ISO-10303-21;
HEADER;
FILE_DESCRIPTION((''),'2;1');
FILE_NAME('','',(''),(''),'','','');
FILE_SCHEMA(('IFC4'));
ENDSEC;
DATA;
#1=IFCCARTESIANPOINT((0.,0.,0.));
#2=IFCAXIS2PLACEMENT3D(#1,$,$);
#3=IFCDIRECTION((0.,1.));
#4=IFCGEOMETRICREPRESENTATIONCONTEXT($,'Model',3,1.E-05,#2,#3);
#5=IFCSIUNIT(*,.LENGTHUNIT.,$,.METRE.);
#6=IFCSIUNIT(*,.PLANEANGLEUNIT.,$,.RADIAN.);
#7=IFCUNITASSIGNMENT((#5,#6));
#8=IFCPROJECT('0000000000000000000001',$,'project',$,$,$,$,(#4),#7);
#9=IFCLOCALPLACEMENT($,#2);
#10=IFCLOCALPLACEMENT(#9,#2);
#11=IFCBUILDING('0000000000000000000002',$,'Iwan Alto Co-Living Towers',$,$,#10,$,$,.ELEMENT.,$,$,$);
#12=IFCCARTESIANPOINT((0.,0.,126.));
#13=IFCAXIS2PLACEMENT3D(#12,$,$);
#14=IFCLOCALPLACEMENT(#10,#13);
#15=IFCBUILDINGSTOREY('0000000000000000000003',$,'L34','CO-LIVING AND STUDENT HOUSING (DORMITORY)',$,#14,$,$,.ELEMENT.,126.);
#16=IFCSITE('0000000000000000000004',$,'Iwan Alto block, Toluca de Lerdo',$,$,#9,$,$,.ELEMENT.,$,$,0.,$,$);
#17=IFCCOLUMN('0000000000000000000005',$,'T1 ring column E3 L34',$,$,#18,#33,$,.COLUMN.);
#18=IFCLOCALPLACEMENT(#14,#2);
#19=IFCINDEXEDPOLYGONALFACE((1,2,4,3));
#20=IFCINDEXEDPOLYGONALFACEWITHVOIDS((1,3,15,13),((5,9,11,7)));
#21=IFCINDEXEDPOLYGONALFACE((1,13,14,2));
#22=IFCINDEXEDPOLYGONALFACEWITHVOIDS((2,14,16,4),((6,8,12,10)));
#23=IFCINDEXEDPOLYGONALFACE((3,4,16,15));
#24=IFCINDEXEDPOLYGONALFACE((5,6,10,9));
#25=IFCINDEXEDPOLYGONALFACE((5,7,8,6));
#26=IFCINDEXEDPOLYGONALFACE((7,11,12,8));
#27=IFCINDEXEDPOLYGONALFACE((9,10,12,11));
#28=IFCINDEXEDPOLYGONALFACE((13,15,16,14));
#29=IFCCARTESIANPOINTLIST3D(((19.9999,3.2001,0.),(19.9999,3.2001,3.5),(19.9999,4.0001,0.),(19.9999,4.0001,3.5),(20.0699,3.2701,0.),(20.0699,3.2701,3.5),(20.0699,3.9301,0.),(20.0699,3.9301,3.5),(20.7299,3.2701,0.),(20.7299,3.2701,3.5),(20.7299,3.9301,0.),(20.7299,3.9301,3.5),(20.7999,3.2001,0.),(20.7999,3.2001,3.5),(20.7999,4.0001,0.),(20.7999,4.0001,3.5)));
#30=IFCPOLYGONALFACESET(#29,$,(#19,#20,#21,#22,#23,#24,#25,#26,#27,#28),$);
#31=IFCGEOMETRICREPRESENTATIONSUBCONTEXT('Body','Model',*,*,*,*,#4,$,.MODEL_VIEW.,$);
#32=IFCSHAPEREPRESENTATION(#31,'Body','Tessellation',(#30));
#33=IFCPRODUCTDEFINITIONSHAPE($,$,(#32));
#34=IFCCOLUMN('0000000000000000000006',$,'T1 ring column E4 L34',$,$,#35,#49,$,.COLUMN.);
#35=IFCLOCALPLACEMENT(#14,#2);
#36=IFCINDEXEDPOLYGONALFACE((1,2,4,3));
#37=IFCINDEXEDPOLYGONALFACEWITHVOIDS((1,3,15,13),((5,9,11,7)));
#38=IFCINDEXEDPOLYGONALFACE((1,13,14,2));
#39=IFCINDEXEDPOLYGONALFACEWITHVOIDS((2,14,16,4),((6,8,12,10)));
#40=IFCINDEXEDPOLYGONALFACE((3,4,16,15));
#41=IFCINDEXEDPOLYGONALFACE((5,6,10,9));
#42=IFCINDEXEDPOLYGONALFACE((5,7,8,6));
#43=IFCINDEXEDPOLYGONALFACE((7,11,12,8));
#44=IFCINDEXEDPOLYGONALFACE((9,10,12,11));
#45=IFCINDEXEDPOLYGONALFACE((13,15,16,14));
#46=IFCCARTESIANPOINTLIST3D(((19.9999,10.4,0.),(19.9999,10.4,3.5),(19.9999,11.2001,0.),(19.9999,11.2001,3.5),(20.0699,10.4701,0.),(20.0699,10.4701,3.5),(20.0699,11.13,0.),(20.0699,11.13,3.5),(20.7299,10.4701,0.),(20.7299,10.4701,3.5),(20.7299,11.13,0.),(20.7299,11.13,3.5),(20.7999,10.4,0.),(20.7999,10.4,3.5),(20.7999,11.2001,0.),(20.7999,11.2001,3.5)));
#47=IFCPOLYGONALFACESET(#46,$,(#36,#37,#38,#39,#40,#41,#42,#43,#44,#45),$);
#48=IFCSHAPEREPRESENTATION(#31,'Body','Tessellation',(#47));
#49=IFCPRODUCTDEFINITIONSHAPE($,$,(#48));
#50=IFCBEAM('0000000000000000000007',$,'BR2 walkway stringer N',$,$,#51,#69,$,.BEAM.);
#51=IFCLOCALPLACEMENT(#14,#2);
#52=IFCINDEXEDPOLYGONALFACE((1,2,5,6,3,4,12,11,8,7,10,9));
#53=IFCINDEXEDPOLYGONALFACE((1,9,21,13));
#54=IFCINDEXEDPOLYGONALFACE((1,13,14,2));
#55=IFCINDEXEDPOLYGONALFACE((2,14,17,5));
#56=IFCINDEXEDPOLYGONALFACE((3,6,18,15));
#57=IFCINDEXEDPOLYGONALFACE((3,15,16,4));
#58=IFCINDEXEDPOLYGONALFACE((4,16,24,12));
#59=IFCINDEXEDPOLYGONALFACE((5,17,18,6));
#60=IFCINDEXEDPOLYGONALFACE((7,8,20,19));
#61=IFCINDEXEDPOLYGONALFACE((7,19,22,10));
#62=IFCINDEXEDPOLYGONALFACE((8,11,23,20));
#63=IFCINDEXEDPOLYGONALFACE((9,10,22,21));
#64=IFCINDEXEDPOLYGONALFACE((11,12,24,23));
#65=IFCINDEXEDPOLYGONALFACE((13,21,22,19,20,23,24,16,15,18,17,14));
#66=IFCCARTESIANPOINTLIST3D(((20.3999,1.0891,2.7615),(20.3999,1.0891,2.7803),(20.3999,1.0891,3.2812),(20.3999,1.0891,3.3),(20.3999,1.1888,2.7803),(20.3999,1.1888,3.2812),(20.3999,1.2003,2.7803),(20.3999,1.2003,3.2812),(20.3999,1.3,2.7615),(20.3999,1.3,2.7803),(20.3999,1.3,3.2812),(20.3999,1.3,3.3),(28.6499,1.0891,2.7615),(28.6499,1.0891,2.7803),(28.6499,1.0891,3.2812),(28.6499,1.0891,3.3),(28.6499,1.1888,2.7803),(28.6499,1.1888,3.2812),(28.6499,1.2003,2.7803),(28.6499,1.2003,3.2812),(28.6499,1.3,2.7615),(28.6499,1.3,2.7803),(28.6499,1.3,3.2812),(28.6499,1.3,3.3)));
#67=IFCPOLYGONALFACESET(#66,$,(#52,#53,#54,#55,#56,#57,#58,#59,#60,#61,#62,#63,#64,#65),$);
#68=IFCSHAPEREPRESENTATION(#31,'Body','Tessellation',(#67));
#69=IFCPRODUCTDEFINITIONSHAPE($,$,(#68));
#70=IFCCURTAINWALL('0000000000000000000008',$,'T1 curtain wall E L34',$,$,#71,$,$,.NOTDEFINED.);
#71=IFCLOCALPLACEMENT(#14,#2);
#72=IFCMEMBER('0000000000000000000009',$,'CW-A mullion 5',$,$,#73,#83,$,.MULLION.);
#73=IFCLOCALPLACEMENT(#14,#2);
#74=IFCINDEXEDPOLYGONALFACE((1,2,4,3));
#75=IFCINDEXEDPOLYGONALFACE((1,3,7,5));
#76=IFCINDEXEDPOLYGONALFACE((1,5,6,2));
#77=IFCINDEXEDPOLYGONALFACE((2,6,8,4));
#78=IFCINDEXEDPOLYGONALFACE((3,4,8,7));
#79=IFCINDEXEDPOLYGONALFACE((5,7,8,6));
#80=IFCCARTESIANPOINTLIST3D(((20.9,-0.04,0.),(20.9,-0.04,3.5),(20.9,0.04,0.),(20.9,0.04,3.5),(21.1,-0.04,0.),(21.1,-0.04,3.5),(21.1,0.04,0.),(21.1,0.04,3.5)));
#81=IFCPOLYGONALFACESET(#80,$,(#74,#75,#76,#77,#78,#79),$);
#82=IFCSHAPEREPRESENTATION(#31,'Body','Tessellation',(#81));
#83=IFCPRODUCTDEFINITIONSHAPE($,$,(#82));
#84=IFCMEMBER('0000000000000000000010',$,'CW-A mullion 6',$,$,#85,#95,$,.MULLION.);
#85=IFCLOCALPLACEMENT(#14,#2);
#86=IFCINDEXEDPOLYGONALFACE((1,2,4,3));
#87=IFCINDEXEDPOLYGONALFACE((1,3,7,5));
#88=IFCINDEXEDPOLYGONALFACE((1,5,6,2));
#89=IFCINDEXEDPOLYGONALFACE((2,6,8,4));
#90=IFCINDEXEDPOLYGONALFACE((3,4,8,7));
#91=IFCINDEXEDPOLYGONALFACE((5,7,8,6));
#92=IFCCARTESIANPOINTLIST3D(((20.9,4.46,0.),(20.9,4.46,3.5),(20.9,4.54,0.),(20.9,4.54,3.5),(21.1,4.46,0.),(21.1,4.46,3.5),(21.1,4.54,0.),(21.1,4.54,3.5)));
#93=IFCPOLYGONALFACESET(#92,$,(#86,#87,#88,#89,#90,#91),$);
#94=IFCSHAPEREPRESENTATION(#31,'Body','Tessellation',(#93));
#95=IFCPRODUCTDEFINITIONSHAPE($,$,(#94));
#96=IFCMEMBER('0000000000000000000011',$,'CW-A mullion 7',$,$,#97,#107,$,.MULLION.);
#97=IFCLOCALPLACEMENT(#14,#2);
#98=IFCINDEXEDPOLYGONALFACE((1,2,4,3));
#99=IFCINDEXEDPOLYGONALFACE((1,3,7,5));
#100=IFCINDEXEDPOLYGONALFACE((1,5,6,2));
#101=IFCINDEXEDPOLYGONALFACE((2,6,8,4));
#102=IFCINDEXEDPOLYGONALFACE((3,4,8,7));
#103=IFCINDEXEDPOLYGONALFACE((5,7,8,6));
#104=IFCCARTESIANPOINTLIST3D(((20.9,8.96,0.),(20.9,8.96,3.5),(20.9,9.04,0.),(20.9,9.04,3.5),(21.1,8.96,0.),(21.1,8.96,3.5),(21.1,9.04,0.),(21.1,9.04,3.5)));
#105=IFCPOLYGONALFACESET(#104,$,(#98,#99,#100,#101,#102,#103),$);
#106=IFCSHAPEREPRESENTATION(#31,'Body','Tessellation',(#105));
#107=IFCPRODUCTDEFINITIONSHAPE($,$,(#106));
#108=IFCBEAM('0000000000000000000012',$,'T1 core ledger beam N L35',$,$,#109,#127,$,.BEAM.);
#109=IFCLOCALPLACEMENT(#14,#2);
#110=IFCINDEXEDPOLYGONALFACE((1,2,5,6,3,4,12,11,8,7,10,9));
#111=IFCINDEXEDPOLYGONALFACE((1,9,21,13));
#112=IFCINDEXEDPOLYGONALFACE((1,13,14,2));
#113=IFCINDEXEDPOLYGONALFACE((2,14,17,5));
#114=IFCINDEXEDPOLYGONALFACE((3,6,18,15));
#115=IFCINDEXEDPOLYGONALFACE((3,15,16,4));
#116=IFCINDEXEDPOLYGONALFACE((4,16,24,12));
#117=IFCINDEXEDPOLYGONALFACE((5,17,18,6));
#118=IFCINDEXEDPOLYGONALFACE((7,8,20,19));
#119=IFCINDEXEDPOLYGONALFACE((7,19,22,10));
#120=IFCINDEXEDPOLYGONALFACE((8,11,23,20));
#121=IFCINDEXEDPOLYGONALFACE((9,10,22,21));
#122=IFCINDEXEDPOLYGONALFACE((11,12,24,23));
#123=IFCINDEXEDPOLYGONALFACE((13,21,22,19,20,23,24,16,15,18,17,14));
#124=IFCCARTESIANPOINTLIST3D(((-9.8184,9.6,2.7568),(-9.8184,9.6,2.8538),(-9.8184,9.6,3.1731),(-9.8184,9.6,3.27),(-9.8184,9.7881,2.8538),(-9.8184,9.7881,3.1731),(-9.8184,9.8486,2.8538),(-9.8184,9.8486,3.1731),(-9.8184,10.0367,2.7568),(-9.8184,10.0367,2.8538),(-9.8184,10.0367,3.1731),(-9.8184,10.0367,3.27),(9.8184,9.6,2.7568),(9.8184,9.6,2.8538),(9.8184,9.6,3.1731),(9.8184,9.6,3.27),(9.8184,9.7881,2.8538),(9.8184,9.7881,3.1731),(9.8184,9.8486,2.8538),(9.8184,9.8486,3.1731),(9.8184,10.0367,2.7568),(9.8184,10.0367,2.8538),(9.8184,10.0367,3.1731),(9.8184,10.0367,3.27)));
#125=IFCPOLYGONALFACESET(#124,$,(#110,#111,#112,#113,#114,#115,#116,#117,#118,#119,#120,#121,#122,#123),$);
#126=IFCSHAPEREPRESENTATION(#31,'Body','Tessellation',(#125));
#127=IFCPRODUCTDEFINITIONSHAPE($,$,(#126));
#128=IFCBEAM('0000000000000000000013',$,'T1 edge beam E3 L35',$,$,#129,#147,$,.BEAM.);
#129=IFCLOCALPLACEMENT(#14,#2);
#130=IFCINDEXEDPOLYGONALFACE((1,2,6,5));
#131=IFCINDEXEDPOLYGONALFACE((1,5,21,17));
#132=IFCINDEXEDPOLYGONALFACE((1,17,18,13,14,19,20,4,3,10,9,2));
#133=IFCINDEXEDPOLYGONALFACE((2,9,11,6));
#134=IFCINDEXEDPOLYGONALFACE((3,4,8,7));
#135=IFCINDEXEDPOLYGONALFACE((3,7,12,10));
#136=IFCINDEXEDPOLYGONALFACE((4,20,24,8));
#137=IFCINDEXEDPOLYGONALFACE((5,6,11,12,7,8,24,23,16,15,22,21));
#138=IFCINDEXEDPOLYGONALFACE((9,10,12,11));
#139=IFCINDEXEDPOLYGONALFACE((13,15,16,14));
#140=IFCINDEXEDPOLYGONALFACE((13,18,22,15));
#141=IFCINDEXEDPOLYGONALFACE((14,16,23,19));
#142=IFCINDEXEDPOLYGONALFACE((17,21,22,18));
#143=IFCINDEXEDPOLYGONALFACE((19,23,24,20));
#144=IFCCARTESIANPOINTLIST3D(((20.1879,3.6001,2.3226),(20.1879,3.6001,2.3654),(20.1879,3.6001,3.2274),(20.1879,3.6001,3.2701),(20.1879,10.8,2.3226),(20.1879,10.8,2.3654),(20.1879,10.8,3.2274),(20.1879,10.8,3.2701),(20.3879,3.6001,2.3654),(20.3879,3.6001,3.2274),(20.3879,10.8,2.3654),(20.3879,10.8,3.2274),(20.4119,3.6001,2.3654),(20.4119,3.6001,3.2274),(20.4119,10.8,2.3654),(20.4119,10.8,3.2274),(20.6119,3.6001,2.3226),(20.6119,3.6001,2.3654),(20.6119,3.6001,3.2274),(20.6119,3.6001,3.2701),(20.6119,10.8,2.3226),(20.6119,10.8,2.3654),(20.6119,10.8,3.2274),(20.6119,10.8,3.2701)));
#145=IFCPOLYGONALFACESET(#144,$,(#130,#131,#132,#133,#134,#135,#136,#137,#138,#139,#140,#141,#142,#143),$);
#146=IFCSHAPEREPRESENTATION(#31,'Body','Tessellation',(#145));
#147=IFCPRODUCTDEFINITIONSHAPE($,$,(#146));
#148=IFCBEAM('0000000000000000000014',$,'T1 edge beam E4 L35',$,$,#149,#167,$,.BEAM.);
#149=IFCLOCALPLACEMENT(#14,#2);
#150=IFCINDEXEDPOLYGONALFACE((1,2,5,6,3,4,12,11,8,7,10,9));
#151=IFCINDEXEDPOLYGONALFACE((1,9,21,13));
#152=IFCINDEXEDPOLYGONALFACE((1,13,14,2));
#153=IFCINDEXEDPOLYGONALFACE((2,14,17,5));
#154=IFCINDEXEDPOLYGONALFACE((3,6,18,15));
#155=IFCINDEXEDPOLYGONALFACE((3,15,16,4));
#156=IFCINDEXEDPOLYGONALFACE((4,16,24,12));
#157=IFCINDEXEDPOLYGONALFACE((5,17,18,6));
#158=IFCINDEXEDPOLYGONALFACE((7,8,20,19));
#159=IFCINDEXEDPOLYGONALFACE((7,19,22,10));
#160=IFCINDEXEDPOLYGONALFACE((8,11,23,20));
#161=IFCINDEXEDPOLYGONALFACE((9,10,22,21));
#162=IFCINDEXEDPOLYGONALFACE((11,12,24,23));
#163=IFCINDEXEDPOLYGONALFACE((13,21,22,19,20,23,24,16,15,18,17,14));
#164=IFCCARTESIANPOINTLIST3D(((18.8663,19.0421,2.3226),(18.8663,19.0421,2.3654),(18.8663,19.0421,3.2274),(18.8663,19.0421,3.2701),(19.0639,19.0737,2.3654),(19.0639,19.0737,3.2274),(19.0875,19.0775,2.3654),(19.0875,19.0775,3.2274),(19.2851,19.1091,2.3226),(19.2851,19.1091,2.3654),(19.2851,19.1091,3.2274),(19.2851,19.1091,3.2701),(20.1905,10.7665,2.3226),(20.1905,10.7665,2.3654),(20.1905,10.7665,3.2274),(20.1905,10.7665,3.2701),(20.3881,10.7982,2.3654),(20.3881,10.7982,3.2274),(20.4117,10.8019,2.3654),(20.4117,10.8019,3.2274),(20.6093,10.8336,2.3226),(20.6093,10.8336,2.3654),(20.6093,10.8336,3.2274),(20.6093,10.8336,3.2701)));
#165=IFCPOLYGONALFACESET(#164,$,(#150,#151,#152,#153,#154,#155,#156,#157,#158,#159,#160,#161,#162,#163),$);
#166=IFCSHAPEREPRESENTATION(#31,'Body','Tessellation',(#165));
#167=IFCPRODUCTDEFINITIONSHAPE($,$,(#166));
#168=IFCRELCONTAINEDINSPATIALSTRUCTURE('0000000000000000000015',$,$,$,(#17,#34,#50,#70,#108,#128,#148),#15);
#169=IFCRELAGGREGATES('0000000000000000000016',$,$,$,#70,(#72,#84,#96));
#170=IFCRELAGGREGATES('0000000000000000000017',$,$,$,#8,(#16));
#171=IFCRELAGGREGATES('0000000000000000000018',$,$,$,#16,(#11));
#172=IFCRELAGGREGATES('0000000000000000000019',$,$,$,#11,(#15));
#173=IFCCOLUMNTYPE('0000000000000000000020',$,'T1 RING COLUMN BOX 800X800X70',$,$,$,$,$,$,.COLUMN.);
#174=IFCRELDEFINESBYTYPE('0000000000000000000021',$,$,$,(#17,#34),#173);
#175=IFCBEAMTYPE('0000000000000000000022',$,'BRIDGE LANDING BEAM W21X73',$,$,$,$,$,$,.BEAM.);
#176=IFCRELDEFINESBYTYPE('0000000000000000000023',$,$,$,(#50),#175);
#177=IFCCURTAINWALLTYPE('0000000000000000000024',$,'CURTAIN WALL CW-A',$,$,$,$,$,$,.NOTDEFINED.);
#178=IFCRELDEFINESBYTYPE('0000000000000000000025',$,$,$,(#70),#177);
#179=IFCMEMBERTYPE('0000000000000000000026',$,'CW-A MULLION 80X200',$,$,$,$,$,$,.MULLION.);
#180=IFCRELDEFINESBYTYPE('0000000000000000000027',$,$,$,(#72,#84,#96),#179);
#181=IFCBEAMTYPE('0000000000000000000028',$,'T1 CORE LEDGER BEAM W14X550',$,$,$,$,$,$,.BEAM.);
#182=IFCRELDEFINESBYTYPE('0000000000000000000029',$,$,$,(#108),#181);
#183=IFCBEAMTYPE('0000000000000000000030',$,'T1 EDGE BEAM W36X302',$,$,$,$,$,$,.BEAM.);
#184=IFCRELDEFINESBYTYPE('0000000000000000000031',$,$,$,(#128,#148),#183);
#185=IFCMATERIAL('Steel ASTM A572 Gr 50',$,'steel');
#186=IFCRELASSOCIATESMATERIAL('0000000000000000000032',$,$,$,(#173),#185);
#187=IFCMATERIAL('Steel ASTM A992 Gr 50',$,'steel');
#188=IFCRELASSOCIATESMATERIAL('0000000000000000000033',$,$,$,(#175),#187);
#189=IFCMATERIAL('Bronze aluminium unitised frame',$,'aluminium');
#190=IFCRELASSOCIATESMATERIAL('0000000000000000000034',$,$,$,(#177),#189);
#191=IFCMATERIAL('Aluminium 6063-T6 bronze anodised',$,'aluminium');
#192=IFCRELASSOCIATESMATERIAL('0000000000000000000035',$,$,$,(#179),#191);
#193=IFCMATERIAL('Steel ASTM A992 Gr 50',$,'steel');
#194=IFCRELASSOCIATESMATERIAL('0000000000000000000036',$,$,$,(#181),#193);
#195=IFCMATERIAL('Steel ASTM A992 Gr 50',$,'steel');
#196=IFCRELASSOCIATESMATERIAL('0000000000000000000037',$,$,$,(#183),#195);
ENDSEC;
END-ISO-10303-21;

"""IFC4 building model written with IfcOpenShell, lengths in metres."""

from ifc_helpers import new_model, si_unit, direction, frame, origin, origin_2d, place, context, subcontext, project, spatial, rectangle, hollow_rectangle, i_section, extrude, material, material_profile, profile_set, type_object, element, aggregate, save


model = new_model("IFC4")

# Units and contexts
model_context = context("Model", 3, precision=1e-05, world=origin(), true_north=direction((0.0, 1.0)))
body_context = subcontext(model_context, "Body", "Model", "MODEL_VIEW")
ifc_project = project(units=[si_unit("LENGTHUNIT", "METRE"), si_unit("PLANEANGLEUNIT", "RADIAN")], contexts=[model_context])

# Site, building, storey
site_placement = place(None, origin())
site = spatial("IfcSite", under=ifc_project, at=site_placement, Name="Iwan Alto block, Toluca de Lerdo", CompositionType="ELEMENT", RefElevation=0.0)
building_placement = place(site_placement, origin())
building = spatial("IfcBuilding", under=site, at=building_placement, Name="Iwan Alto Co-Living Towers", CompositionType="ELEMENT")
storey_placement = place(building_placement, frame((0.0, 0.0, 126.0)))
storey = spatial("IfcBuildingStorey", under=building, at=storey_placement, Name="L34", Description="CO-LIVING AND STUDENT HOUSING (DORMITORY)", CompositionType="ELEMENT", Elevation=126.0)

# Columns
ifc_material_1 = material(Name="Steel ASTM A572 Gr 50", Category="steel")
ifc_material_profile_1 = material_profile(ifc_material_1, hollow_rectangle(XDim=0.8, YDim=0.8, WallThickness=0.0701, at=origin_2d()), Name="BOX 800X800X70")
ifc_profile_set_1 = profile_set([ifc_material_profile_1], Name="Steel ASTM A572 Gr 50")
column_type = type_object("IfcColumnType", Name="T1 RING COLUMN BOX 800X800X70", PredefinedType="COLUMN", material=ifc_profile_set_1)
for number, where, z_axis, x_axis, name in (
    (1, (20.3999, 3.6001, 0.0), (0.0, 0.0, 1.0), (1.0, 0.0, 0.0), "T1 ring column E3 L34"),
    (2, (20.3999, 10.8, 0.0), (0.0, 0.0, 1.0), (1.0, 0.0, 0.0), "T1 ring column E4 L34"),
):
    element("IfcColumn", number, at=place(storey_placement, frame(where, z_axis=z_axis, x_axis=x_axis)), inside=storey, type_object=column_type, Name=name, PredefinedType="COLUMN", context=body_context, shape_type="SweptSolid", body=[
        extrude(hollow_rectangle(XDim=0.8, YDim=0.8, WallThickness=0.0701, at=origin_2d()), origin(), (0.0, 0.0, 1.0), 3.5),
    ])

# Beam
ifc_material_2 = material(Name="Steel ASTM A992 Gr 50", Category="steel")
ifc_material_profile_2 = material_profile(ifc_material_2, i_section(OverallWidth=0.2109, OverallDepth=0.5386, WebThickness=0.0115, FlangeThickness=0.0188, at=origin_2d()), Name="W21X73")
ifc_profile_set_2 = profile_set([ifc_material_profile_2], Name="Steel ASTM A992 Gr 50")
beam_type_1 = type_object("IfcBeamType", Name="BRIDGE LANDING BEAM W21X73", PredefinedType="BEAM", material=ifc_profile_set_2)
beam_1_placement = place(storey_placement, frame((20.3999, 1.1946, 3.0308), z_axis=(1.0, 0.0, 0.0), x_axis=(0.0, 1.0, 0.0)))
element("IfcBeam", 3, at=beam_1_placement, inside=storey, type_object=beam_type_1, Name="BR2 walkway stringer N", PredefinedType="BEAM", context=body_context, shape_type="SweptSolid", body=[
    extrude(i_section(OverallWidth=0.2109, OverallDepth=0.5386, WebThickness=0.0115, FlangeThickness=0.0188, at=origin_2d()), origin(), (0.0, 0.0, 1.0), 8.25),
])

# Curtain wall, members
ifc_material_3 = material(Name="Bronze aluminium unitised frame", Category="aluminium")
curtain_wall_type = type_object("IfcCurtainWallType", Name="CURTAIN WALL CW-A", PredefinedType="NOTDEFINED", material=ifc_material_3)
curtain_wall_placement = place(storey_placement, origin())
curtain_wall = element("IfcCurtainWall", 4, at=curtain_wall_placement, inside=storey, type_object=curtain_wall_type, Name="T1 curtain wall E L34", PredefinedType="NOTDEFINED")
ifc_material_4 = material(Name="Aluminium 6063-T6 bronze anodised", Category="aluminium")
ifc_material_profile_3 = material_profile(ifc_material_4, rectangle(XDim=0.2, YDim=0.0801, at=origin_2d()), Name="AL 80X200")
ifc_profile_set_3 = profile_set([ifc_material_profile_3], Name="Aluminium 6063-T6 bronze anodised")
member_type = type_object("IfcMemberType", Name="CW-A MULLION 80X200", PredefinedType="MULLION", material=ifc_profile_set_3)
member_1_placement = place(storey_placement, frame((21.0, 0.0, 0.0), z_axis=(0.0, 0.0, 1.0), x_axis=(-1.0, 0.0, 0.0)))
member_1 = element("IfcMember", 5, at=member_1_placement, type_object=member_type, Name="CW-A mullion 5", PredefinedType="MULLION", context=body_context, shape_type="SweptSolid", body=[
    extrude(rectangle(XDim=0.2, YDim=0.0801, at=origin_2d()), origin(), (0.0, 0.0, 1.0), 3.5),
])
member_2_placement = place(storey_placement, frame((21.0, 4.5, 0.0), z_axis=(0.0, 0.0, 1.0), x_axis=(-1.0, 0.0, 0.0)))
member_2 = element("IfcMember", 6, at=member_2_placement, type_object=member_type, Name="CW-A mullion 6", PredefinedType="MULLION", context=body_context, shape_type="SweptSolid", body=[
    extrude(rectangle(XDim=0.2, YDim=0.0801, at=origin_2d()), origin(), (0.0, 0.0, 1.0), 3.5),
])
member_3_placement = place(storey_placement, frame((21.0, 9.0, 0.0), z_axis=(0.0, 0.0, 1.0), x_axis=(-1.0, 0.0, 0.0)))
member_3 = element("IfcMember", 7, at=member_3_placement, type_object=member_type, Name="CW-A mullion 7", PredefinedType="MULLION", context=body_context, shape_type="SweptSolid", body=[
    extrude(rectangle(XDim=0.2, YDim=0.0801, at=origin_2d()), origin(), (0.0, 0.0, 1.0), 3.5),
])
aggregate(curtain_wall, [member_1, member_2, member_3])

# Beams
ifc_material_5 = material(Name="Steel ASTM A992 Gr 50", Category="steel")
ifc_material_profile_4 = material_profile(ifc_material_5, i_section(OverallWidth=0.4368, OverallDepth=0.5132, WebThickness=0.0605, FlangeThickness=0.0969, at=origin_2d()), Name="W14X550")
ifc_profile_set_4 = profile_set([ifc_material_profile_4], Name="Steel ASTM A992 Gr 50")
beam_type_2 = type_object("IfcBeamType", Name="T1 CORE LEDGER BEAM W14X550", PredefinedType="BEAM", material=ifc_profile_set_4)
beam_2_placement = place(storey_placement, frame((9.8184, 9.8184, 3.0134), z_axis=(-1.0, 0.0, 0.0), x_axis=(0.0, -1.0, 0.0)))
element("IfcBeam", 8, at=beam_2_placement, inside=storey, type_object=beam_type_2, Name="T1 core ledger beam N L35", PredefinedType="BEAM", context=body_context, shape_type="SweptSolid", body=[
    extrude(i_section(OverallWidth=0.4368, OverallDepth=0.5132, WebThickness=0.0605, FlangeThickness=0.0969, at=origin_2d()), origin(), (0.0, 0.0, 1.0), 19.6367),
])
ifc_material_6 = material(Name="Steel ASTM A992 Gr 50", Category="steel")
ifc_material_profile_5 = material_profile(ifc_material_6, i_section(OverallWidth=0.4241, OverallDepth=0.9475, WebThickness=0.0239, FlangeThickness=0.0427, at=origin_2d()), Name="W36X302")
ifc_profile_set_5 = profile_set([ifc_material_profile_5], Name="Steel ASTM A992 Gr 50")
beam_type_3 = type_object("IfcBeamType", Name="T1 EDGE BEAM W36X302", PredefinedType="BEAM", material=ifc_profile_set_5)
beam_3_placement = place(storey_placement, frame((20.3999, 3.6001, 2.7964), z_axis=(0.0, 1.0, 0.0), x_axis=(-1.0, 0.0, 0.0)))
element("IfcBeam", 9, at=beam_3_placement, inside=storey, type_object=beam_type_3, Name="T1 edge beam E3 L35", PredefinedType="BEAM", context=body_context, shape_type="SweptSolid", body=[
    extrude(i_section(OverallWidth=0.4241, OverallDepth=0.9475, WebThickness=0.0239, FlangeThickness=0.0427, at=origin_2d()), origin(), (0.0, 0.0, 1.0), 7.2),
])
beam_4_placement = place(storey_placement, frame((20.3999, 10.8, 2.7964), z_axis=(-0.158004, 0.987438, 0.0), x_axis=(-0.987438, -0.158004, 0.0)))
element("IfcBeam", 10, at=beam_4_placement, inside=storey, type_object=beam_type_3, Name="T1 edge beam E4 L35", PredefinedType="BEAM", context=body_context, shape_type="SweptSolid", body=[
    extrude(i_section(OverallWidth=0.4241, OverallDepth=0.9475, WebThickness=0.0239, FlangeThickness=0.0427, at=origin_2d()), origin(), (0.0, 0.0, 1.0), 8.3809),
])

save(model, "model.ifc")
